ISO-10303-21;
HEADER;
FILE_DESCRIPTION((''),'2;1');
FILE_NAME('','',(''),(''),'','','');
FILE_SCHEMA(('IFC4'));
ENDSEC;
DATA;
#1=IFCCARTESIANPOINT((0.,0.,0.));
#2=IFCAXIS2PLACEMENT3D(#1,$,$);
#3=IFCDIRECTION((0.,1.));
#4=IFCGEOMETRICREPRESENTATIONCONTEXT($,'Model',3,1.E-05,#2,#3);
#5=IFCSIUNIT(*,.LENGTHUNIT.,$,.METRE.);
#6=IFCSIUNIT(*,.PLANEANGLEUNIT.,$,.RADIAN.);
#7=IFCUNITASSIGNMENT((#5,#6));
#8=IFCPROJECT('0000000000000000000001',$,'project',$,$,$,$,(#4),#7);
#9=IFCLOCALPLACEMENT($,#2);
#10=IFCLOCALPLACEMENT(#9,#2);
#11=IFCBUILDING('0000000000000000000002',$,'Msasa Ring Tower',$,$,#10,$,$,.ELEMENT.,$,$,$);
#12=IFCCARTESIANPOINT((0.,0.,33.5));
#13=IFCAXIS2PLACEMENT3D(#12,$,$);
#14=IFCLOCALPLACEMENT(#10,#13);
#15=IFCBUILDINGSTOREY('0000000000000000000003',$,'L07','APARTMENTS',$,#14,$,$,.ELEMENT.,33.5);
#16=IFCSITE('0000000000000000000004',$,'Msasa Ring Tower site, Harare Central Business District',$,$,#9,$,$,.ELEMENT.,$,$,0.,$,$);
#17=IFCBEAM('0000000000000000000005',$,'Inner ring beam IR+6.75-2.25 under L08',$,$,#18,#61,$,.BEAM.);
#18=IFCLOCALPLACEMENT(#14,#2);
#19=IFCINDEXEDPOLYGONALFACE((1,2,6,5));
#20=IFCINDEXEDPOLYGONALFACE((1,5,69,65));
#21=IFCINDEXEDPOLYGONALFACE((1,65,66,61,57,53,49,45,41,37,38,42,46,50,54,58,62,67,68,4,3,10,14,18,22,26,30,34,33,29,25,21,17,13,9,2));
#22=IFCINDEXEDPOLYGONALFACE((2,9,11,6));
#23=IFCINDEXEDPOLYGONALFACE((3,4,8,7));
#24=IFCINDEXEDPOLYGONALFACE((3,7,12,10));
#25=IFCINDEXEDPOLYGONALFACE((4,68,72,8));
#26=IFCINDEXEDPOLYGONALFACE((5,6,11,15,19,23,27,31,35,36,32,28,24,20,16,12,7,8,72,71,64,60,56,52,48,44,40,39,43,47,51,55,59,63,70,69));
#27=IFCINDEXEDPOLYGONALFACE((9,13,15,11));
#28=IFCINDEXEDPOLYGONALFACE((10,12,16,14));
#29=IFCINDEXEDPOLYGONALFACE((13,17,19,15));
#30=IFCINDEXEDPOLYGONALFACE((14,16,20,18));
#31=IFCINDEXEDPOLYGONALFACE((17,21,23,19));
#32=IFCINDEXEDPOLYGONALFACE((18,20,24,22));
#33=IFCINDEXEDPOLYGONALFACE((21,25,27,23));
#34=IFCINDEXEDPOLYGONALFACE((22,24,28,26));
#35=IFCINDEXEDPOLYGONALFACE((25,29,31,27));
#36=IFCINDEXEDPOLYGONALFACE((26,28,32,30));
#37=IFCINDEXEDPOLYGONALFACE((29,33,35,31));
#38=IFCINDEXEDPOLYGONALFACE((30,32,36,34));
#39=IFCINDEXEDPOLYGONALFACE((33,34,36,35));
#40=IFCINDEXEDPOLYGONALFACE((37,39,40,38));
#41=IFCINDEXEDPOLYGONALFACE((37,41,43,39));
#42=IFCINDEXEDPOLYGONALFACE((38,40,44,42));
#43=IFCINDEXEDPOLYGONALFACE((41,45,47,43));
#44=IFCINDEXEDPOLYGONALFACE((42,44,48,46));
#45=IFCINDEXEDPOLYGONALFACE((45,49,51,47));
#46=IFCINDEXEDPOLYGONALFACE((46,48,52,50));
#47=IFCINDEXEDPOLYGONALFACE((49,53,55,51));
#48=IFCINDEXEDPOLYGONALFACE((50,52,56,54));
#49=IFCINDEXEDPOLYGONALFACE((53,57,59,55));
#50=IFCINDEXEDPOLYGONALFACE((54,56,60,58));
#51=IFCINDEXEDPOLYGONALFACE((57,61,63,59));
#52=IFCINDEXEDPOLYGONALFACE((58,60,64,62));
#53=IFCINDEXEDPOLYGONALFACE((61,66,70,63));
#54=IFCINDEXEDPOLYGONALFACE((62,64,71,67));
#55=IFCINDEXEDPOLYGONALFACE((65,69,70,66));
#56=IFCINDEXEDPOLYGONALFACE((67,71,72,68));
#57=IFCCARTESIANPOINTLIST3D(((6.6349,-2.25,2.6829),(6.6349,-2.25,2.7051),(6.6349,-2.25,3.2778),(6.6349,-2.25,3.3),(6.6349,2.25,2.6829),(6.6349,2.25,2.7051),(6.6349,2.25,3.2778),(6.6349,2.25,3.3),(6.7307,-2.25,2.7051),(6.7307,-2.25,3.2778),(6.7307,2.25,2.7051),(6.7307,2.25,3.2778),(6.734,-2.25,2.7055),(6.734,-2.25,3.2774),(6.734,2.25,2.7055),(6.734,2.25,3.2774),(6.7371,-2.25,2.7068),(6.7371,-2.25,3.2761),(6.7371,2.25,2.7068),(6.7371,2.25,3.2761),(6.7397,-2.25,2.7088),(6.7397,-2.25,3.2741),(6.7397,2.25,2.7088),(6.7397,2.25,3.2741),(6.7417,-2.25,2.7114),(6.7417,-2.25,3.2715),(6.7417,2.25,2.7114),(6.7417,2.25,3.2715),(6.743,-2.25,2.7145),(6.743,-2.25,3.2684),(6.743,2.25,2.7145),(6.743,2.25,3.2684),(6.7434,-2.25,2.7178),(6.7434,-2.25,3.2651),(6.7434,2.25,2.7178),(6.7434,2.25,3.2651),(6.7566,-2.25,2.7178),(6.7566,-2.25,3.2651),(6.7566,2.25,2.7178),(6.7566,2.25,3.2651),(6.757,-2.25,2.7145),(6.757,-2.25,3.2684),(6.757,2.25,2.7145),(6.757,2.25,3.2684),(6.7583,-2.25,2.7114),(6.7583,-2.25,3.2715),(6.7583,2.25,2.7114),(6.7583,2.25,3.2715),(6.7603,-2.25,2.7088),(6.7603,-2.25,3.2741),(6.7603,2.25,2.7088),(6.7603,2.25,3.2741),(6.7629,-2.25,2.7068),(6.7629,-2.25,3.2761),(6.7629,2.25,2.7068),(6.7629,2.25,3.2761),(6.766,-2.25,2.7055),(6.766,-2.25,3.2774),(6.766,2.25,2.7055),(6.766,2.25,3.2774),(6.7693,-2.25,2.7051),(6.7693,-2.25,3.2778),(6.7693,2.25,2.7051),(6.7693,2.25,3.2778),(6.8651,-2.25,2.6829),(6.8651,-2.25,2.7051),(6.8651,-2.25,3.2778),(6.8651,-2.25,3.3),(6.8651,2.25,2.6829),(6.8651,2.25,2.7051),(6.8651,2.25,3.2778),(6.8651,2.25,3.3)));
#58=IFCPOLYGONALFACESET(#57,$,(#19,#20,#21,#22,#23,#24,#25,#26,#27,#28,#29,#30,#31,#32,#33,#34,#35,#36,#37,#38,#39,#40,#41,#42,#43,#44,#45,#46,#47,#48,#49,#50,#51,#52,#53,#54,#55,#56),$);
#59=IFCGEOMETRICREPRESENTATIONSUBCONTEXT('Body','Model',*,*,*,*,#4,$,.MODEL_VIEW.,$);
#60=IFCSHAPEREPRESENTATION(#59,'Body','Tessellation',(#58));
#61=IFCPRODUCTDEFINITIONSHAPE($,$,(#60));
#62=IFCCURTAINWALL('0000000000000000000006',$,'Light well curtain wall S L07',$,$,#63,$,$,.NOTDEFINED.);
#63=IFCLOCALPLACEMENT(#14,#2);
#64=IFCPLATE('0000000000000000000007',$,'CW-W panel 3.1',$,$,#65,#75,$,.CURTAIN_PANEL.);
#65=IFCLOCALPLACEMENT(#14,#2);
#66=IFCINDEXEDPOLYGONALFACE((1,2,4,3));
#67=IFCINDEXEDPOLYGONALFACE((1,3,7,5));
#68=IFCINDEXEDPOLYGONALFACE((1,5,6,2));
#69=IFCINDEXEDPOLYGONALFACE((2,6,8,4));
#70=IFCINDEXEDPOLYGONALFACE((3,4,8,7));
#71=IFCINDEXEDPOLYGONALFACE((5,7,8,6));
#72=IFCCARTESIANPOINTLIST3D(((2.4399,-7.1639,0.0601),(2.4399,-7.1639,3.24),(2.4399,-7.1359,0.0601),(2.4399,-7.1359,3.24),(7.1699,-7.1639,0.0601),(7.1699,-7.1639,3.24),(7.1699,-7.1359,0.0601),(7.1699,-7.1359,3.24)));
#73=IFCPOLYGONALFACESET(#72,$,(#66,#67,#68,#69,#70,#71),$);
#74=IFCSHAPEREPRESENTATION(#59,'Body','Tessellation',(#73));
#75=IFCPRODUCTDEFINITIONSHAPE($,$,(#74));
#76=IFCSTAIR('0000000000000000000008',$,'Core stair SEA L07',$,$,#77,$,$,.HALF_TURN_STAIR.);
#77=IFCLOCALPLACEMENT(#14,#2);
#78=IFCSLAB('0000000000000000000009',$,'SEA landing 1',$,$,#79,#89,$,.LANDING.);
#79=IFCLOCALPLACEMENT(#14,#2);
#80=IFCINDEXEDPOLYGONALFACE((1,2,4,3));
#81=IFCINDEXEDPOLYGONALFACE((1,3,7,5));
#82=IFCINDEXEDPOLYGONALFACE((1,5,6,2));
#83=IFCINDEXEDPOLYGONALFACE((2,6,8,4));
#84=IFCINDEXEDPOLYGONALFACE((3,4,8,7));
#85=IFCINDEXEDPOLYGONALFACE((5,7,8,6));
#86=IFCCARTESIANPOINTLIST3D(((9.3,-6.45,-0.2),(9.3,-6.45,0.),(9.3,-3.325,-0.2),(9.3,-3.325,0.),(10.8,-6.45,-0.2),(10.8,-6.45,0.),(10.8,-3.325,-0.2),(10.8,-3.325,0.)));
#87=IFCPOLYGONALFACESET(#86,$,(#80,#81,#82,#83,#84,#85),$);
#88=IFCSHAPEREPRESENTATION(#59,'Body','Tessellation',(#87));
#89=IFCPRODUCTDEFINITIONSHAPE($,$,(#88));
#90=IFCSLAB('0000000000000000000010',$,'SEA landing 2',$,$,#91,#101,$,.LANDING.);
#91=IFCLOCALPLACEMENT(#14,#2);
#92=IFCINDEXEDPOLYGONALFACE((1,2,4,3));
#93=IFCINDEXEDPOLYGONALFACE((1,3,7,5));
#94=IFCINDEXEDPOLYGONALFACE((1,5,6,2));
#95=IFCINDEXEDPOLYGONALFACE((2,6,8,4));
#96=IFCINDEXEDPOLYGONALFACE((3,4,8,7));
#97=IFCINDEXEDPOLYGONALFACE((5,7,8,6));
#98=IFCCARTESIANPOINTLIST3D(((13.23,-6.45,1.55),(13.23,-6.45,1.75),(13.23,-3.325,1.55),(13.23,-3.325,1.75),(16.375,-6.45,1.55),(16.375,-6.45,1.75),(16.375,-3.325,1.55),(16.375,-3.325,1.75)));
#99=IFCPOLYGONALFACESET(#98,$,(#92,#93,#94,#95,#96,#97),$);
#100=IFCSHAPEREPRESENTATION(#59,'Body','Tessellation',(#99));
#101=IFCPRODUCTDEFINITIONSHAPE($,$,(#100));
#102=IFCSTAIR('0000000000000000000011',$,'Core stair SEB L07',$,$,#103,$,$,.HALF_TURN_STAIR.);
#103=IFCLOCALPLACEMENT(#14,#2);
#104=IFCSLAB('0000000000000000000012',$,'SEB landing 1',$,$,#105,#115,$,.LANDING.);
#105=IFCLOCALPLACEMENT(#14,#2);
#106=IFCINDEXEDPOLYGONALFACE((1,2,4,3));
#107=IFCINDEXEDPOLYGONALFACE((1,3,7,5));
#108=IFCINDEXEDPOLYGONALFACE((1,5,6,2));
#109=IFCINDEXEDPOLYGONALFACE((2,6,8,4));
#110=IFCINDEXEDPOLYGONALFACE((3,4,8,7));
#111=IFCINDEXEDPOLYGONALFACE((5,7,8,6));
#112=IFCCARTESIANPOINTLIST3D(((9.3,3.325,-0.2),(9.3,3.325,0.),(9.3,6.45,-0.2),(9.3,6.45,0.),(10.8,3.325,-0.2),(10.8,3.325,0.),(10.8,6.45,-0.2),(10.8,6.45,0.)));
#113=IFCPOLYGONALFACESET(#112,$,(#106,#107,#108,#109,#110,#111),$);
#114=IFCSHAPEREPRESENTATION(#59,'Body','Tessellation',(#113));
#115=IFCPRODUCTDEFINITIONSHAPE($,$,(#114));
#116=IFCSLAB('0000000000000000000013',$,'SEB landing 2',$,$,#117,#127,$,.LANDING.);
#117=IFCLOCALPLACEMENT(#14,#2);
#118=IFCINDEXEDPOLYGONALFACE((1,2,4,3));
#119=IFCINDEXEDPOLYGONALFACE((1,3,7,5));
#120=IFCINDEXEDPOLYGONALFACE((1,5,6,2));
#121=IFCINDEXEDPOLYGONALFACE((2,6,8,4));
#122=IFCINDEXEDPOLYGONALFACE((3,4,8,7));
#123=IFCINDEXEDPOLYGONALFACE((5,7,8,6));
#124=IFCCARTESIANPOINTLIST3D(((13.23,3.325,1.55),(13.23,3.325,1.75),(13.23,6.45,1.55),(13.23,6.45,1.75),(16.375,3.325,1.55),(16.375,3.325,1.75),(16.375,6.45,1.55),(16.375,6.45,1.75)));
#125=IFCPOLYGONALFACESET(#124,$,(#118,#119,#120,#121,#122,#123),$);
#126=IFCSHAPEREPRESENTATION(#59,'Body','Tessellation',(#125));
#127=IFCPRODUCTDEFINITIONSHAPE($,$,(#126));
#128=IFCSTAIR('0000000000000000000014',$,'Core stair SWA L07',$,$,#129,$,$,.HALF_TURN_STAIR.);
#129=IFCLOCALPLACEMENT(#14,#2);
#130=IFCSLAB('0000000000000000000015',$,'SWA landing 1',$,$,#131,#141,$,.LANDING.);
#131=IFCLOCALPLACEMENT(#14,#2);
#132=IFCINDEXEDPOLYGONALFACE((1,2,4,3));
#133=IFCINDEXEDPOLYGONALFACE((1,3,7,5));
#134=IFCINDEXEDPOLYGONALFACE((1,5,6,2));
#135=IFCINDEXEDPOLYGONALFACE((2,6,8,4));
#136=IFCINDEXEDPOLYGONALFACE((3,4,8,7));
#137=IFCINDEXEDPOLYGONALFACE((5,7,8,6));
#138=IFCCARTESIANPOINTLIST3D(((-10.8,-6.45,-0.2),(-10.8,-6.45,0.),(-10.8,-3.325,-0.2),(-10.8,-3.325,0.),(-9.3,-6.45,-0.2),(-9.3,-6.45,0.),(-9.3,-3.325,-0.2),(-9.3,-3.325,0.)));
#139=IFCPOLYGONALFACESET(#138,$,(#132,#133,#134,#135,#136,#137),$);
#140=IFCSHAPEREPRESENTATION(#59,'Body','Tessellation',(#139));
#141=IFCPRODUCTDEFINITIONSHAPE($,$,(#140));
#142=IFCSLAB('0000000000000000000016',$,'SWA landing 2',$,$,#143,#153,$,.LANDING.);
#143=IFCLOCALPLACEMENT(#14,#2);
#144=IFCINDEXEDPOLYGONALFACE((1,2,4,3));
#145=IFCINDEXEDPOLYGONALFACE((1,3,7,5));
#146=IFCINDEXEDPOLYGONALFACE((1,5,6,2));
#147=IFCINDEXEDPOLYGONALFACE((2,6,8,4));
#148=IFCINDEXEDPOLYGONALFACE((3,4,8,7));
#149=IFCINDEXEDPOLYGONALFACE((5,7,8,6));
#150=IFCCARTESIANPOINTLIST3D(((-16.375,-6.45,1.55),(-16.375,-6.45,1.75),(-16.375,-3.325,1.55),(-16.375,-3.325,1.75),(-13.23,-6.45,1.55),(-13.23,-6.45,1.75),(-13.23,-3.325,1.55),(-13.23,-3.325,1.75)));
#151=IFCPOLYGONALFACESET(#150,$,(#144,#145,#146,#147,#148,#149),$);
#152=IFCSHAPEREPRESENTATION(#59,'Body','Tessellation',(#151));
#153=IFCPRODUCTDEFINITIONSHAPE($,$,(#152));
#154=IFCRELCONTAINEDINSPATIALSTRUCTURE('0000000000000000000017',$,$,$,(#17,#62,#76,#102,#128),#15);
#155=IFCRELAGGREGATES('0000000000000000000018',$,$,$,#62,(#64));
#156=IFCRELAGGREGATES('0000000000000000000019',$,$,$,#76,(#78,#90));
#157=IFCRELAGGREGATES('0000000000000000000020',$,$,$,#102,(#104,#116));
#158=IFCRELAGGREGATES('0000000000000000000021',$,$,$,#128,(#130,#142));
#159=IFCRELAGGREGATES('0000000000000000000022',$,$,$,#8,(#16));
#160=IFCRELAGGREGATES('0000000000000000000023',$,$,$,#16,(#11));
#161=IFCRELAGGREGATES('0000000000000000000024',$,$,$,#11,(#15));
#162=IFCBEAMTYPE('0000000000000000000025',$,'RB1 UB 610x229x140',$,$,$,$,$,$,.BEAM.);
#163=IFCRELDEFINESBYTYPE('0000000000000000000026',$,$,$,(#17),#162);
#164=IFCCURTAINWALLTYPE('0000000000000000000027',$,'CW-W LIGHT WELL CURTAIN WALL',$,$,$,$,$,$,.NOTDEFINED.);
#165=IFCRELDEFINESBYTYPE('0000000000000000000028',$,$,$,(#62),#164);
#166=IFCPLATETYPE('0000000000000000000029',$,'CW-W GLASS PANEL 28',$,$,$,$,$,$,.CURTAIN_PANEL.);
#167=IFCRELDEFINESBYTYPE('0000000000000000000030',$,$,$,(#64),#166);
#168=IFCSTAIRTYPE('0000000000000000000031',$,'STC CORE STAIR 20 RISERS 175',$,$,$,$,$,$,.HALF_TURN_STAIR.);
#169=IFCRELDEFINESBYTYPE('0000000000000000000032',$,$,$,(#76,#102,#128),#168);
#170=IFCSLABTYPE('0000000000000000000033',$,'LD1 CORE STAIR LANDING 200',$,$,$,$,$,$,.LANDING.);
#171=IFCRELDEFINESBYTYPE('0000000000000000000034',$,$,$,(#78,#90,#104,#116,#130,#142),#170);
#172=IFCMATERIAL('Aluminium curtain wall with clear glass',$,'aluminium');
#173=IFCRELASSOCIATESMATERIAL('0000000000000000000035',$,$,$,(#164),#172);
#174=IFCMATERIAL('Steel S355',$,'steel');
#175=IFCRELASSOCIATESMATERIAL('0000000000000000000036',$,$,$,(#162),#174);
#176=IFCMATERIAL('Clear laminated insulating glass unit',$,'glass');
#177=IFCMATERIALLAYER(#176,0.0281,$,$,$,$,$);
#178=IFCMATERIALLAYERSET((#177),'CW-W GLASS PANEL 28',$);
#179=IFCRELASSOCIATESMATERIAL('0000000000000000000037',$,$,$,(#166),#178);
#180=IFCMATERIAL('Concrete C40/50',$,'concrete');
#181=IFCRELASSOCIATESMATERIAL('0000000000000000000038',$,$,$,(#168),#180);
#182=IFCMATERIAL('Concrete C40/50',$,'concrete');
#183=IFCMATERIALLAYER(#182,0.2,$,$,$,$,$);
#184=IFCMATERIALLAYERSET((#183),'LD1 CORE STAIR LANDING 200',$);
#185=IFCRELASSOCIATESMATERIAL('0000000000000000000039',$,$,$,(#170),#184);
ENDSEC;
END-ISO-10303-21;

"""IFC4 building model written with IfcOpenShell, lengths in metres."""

from ifc_helpers import new_model, si_unit, direction, frame, origin, origin_2d, place, context, subcontext, project, spatial, polyline, rectangle, i_section, outline, extrude, material, layer, layer_set, material_profile, profile_set, type_object, element, aggregate, save


model = new_model("IFC4")

# Units and contexts
model_context = context("Model", 3, precision=1e-05, world=origin(), true_north=direction((0.0, 1.0)))
body_context = subcontext(model_context, "Body", "Model", "MODEL_VIEW")
ifc_project = project(units=[si_unit("LENGTHUNIT", "METRE"), si_unit("PLANEANGLEUNIT", "RADIAN")], contexts=[model_context])

# Site, building, storey
site_placement = place(None, origin())
site = spatial("IfcSite", under=ifc_project, at=site_placement, Name="Msasa Ring Tower site, Harare Central Business District", CompositionType="ELEMENT", RefElevation=0.0)
building_placement = place(site_placement, origin())
building = spatial("IfcBuilding", under=site, at=building_placement, Name="Msasa Ring Tower", CompositionType="ELEMENT")
storey_placement = place(building_placement, frame((0.0, 0.0, 33.5)))
storey = spatial("IfcBuildingStorey", under=building, at=storey_placement, Name="L07", Description="APARTMENTS", CompositionType="ELEMENT", Elevation=33.5)

# Shared definitions
ifc_material_1 = material(Name="Aluminium curtain wall with clear glass", Category="aluminium")
curtain_wall_type = type_object("IfcCurtainWallType", Name="CW-W LIGHT WELL CURTAIN WALL", PredefinedType="NOTDEFINED", material=ifc_material_1)

# Beam
ifc_material_2 = material(Name="Steel S355", Category="steel")
ifc_material_profile_1 = material_profile(ifc_material_2, i_section(OverallWidth=0.2302, OverallDepth=0.6172, WebThickness=0.0132, FlangeThickness=0.0222, FilletRadius=0.0127, at=origin_2d()), Name="UB 610x229x140")
ifc_profile_set_1 = profile_set([ifc_material_profile_1], Name="Steel S355")
beam_type = type_object("IfcBeamType", Name="RB1 UB 610x229x140", PredefinedType="BEAM", material=ifc_profile_set_1)
for number, where, z_axis, x_axis, name in (
    (1, (6.75, -2.25, 2.9915), (0.0, 1.0, 0.0), (-1.0, 0.0, 0.0), "Inner ring beam IR+6.75-2.25 under L08"),
):
    element("IfcBeam", number, at=place(storey_placement, frame(where, z_axis=z_axis, x_axis=x_axis)), inside=storey, type_object=beam_type, Name=name, PredefinedType="BEAM", context=body_context, shape_type="SweptSolid", body=[
        extrude(i_section(OverallWidth=0.2302, OverallDepth=0.6172, WebThickness=0.0132, FlangeThickness=0.0222, FilletRadius=0.0127, at=origin_2d()), origin(), (0.0, 0.0, 1.0), 4.5),
    ])

# Curtain wall, plate
curtain_wall_1_placement = place(storey_placement, origin())
curtain_wall_1 = element("IfcCurtainWall", 2, at=curtain_wall_1_placement, inside=storey, type_object=curtain_wall_type, Name="Light well curtain wall S L07", PredefinedType="NOTDEFINED")
ifc_material_3 = material(Name="Clear laminated insulating glass unit", Category="glass")
ifc_layer_1 = layer(ifc_material_3, 0.0281)
ifc_layer_set_1 = layer_set([ifc_layer_1], Name="CW-W GLASS PANEL 28")
plate_type = type_object("IfcPlateType", Name="CW-W GLASS PANEL 28", PredefinedType="CURTAIN_PANEL", material=ifc_layer_set_1)
plate_placement = place(storey_placement, frame((4.8049, -7.1499, 0.0601), z_axis=(0.0, 0.0, 1.0), x_axis=(1.0, 0.0, 0.0)))
plate = element("IfcPlate", 3, at=plate_placement, type_object=plate_type, Name="CW-W panel 3.1", PredefinedType="CURTAIN_PANEL", context=body_context, shape_type="SweptSolid", body=[
    extrude(rectangle(XDim=4.73, YDim=0.0281, at=origin_2d()), origin(), (0.0, 0.0, 1.0), 3.1799),
])
aggregate(curtain_wall_1, [plate])

# Stairs, slabs
ifc_material_4 = material(Name="Concrete C40/50", Category="concrete")
stair_type = type_object("IfcStairType", Name="STC CORE STAIR 20 RISERS 175", PredefinedType="HALF_TURN_STAIR", material=ifc_material_4)
stair_1_placement = place(storey_placement, origin())
stair_1 = element("IfcStair", 4, at=stair_1_placement, inside=storey, type_object=stair_type, Name="Core stair SEA L07", PredefinedType="HALF_TURN_STAIR")
ifc_material_5 = material(Name="Concrete C40/50", Category="concrete")
ifc_layer_2 = layer(ifc_material_5, 0.2)
ifc_layer_set_2 = layer_set([ifc_layer_2], Name="LD1 CORE STAIR LANDING 200")
slab_type = type_object("IfcSlabType", Name="LD1 CORE STAIR LANDING 200", PredefinedType="LANDING", material=ifc_layer_set_2)
slab_1_placement = place(storey_placement, frame((0.0, 0.0, -0.2)))
slab_1 = element("IfcSlab", 5, at=slab_1_placement, type_object=slab_type, Name="SEA landing 1", PredefinedType="LANDING", context=body_context, shape_type="SweptSolid", body=[
    extrude(outline(polyline([(9.3, -6.45), (10.8, -6.45), (10.8, -3.325), (9.3, -3.325), (9.3, -6.45)])), origin(), (0.0, 0.0, 1.0), 0.2),
])
slab_2_placement = place(storey_placement, frame((0.0, 0.0, 1.55)))
slab_2 = element("IfcSlab", 6, at=slab_2_placement, type_object=slab_type, Name="SEA landing 2", PredefinedType="LANDING", context=body_context, shape_type="SweptSolid", body=[
    extrude(outline(polyline([(13.23, -6.45), (16.375, -6.45), (16.375, -3.325), (13.23, -3.325), (13.23, -6.45)])), origin(), (0.0, 0.0, 1.0), 0.2),
])
aggregate(stair_1, [slab_1, slab_2])
stair_2_placement = place(storey_placement, origin())
stair_2 = element("IfcStair", 7, at=stair_2_placement, inside=storey, type_object=stair_type, Name="Core stair SEB L07", PredefinedType="HALF_TURN_STAIR")
slab_3_placement = place(storey_placement, frame((0.0, 0.0, -0.2)))
slab_3 = element("IfcSlab", 8, at=slab_3_placement, type_object=slab_type, Name="SEB landing 1", PredefinedType="LANDING", context=body_context, shape_type="SweptSolid", body=[
    extrude(outline(polyline([(9.3, 3.325), (10.8, 3.325), (10.8, 6.45), (9.3, 6.45), (9.3, 3.325)])), origin(), (0.0, 0.0, 1.0), 0.2),
])
slab_4_placement = place(storey_placement, frame((0.0, 0.0, 1.55)))
slab_4 = element("IfcSlab", 9, at=slab_4_placement, type_object=slab_type, Name="SEB landing 2", PredefinedType="LANDING", context=body_context, shape_type="SweptSolid", body=[
    extrude(outline(polyline([(13.23, 3.325), (16.375, 3.325), (16.375, 6.45), (13.23, 6.45), (13.23, 3.325)])), origin(), (0.0, 0.0, 1.0), 0.2),
])
aggregate(stair_2, [slab_3, slab_4])
stair_3_placement = place(storey_placement, origin())
stair_3 = element("IfcStair", 10, at=stair_3_placement, inside=storey, type_object=stair_type, Name="Core stair SWA L07", PredefinedType="HALF_TURN_STAIR")
slab_5_placement = place(storey_placement, frame((0.0, 0.0, -0.2)))
slab_5 = element("IfcSlab", 11, at=slab_5_placement, type_object=slab_type, Name="SWA landing 1", PredefinedType="LANDING", context=body_context, shape_type="SweptSolid", body=[
    extrude(outline(polyline([(-10.8, -6.45), (-9.3, -6.45), (-9.3, -3.325), (-10.8, -3.325), (-10.8, -6.45)])), origin(), (0.0, 0.0, 1.0), 0.2),
])
slab_6_placement = place(storey_placement, frame((0.0, 0.0, 1.55)))
slab_6 = element("IfcSlab", 12, at=slab_6_placement, type_object=slab_type, Name="SWA landing 2", PredefinedType="LANDING", context=body_context, shape_type="SweptSolid", body=[
    extrude(outline(polyline([(-16.375, -6.45), (-13.23, -6.45), (-13.23, -3.325), (-16.375, -3.325), (-16.375, -6.45)])), origin(), (0.0, 0.0, 1.0), 0.2),
])
aggregate(stair_3, [slab_5, slab_6])

save(model, "model.ifc")
